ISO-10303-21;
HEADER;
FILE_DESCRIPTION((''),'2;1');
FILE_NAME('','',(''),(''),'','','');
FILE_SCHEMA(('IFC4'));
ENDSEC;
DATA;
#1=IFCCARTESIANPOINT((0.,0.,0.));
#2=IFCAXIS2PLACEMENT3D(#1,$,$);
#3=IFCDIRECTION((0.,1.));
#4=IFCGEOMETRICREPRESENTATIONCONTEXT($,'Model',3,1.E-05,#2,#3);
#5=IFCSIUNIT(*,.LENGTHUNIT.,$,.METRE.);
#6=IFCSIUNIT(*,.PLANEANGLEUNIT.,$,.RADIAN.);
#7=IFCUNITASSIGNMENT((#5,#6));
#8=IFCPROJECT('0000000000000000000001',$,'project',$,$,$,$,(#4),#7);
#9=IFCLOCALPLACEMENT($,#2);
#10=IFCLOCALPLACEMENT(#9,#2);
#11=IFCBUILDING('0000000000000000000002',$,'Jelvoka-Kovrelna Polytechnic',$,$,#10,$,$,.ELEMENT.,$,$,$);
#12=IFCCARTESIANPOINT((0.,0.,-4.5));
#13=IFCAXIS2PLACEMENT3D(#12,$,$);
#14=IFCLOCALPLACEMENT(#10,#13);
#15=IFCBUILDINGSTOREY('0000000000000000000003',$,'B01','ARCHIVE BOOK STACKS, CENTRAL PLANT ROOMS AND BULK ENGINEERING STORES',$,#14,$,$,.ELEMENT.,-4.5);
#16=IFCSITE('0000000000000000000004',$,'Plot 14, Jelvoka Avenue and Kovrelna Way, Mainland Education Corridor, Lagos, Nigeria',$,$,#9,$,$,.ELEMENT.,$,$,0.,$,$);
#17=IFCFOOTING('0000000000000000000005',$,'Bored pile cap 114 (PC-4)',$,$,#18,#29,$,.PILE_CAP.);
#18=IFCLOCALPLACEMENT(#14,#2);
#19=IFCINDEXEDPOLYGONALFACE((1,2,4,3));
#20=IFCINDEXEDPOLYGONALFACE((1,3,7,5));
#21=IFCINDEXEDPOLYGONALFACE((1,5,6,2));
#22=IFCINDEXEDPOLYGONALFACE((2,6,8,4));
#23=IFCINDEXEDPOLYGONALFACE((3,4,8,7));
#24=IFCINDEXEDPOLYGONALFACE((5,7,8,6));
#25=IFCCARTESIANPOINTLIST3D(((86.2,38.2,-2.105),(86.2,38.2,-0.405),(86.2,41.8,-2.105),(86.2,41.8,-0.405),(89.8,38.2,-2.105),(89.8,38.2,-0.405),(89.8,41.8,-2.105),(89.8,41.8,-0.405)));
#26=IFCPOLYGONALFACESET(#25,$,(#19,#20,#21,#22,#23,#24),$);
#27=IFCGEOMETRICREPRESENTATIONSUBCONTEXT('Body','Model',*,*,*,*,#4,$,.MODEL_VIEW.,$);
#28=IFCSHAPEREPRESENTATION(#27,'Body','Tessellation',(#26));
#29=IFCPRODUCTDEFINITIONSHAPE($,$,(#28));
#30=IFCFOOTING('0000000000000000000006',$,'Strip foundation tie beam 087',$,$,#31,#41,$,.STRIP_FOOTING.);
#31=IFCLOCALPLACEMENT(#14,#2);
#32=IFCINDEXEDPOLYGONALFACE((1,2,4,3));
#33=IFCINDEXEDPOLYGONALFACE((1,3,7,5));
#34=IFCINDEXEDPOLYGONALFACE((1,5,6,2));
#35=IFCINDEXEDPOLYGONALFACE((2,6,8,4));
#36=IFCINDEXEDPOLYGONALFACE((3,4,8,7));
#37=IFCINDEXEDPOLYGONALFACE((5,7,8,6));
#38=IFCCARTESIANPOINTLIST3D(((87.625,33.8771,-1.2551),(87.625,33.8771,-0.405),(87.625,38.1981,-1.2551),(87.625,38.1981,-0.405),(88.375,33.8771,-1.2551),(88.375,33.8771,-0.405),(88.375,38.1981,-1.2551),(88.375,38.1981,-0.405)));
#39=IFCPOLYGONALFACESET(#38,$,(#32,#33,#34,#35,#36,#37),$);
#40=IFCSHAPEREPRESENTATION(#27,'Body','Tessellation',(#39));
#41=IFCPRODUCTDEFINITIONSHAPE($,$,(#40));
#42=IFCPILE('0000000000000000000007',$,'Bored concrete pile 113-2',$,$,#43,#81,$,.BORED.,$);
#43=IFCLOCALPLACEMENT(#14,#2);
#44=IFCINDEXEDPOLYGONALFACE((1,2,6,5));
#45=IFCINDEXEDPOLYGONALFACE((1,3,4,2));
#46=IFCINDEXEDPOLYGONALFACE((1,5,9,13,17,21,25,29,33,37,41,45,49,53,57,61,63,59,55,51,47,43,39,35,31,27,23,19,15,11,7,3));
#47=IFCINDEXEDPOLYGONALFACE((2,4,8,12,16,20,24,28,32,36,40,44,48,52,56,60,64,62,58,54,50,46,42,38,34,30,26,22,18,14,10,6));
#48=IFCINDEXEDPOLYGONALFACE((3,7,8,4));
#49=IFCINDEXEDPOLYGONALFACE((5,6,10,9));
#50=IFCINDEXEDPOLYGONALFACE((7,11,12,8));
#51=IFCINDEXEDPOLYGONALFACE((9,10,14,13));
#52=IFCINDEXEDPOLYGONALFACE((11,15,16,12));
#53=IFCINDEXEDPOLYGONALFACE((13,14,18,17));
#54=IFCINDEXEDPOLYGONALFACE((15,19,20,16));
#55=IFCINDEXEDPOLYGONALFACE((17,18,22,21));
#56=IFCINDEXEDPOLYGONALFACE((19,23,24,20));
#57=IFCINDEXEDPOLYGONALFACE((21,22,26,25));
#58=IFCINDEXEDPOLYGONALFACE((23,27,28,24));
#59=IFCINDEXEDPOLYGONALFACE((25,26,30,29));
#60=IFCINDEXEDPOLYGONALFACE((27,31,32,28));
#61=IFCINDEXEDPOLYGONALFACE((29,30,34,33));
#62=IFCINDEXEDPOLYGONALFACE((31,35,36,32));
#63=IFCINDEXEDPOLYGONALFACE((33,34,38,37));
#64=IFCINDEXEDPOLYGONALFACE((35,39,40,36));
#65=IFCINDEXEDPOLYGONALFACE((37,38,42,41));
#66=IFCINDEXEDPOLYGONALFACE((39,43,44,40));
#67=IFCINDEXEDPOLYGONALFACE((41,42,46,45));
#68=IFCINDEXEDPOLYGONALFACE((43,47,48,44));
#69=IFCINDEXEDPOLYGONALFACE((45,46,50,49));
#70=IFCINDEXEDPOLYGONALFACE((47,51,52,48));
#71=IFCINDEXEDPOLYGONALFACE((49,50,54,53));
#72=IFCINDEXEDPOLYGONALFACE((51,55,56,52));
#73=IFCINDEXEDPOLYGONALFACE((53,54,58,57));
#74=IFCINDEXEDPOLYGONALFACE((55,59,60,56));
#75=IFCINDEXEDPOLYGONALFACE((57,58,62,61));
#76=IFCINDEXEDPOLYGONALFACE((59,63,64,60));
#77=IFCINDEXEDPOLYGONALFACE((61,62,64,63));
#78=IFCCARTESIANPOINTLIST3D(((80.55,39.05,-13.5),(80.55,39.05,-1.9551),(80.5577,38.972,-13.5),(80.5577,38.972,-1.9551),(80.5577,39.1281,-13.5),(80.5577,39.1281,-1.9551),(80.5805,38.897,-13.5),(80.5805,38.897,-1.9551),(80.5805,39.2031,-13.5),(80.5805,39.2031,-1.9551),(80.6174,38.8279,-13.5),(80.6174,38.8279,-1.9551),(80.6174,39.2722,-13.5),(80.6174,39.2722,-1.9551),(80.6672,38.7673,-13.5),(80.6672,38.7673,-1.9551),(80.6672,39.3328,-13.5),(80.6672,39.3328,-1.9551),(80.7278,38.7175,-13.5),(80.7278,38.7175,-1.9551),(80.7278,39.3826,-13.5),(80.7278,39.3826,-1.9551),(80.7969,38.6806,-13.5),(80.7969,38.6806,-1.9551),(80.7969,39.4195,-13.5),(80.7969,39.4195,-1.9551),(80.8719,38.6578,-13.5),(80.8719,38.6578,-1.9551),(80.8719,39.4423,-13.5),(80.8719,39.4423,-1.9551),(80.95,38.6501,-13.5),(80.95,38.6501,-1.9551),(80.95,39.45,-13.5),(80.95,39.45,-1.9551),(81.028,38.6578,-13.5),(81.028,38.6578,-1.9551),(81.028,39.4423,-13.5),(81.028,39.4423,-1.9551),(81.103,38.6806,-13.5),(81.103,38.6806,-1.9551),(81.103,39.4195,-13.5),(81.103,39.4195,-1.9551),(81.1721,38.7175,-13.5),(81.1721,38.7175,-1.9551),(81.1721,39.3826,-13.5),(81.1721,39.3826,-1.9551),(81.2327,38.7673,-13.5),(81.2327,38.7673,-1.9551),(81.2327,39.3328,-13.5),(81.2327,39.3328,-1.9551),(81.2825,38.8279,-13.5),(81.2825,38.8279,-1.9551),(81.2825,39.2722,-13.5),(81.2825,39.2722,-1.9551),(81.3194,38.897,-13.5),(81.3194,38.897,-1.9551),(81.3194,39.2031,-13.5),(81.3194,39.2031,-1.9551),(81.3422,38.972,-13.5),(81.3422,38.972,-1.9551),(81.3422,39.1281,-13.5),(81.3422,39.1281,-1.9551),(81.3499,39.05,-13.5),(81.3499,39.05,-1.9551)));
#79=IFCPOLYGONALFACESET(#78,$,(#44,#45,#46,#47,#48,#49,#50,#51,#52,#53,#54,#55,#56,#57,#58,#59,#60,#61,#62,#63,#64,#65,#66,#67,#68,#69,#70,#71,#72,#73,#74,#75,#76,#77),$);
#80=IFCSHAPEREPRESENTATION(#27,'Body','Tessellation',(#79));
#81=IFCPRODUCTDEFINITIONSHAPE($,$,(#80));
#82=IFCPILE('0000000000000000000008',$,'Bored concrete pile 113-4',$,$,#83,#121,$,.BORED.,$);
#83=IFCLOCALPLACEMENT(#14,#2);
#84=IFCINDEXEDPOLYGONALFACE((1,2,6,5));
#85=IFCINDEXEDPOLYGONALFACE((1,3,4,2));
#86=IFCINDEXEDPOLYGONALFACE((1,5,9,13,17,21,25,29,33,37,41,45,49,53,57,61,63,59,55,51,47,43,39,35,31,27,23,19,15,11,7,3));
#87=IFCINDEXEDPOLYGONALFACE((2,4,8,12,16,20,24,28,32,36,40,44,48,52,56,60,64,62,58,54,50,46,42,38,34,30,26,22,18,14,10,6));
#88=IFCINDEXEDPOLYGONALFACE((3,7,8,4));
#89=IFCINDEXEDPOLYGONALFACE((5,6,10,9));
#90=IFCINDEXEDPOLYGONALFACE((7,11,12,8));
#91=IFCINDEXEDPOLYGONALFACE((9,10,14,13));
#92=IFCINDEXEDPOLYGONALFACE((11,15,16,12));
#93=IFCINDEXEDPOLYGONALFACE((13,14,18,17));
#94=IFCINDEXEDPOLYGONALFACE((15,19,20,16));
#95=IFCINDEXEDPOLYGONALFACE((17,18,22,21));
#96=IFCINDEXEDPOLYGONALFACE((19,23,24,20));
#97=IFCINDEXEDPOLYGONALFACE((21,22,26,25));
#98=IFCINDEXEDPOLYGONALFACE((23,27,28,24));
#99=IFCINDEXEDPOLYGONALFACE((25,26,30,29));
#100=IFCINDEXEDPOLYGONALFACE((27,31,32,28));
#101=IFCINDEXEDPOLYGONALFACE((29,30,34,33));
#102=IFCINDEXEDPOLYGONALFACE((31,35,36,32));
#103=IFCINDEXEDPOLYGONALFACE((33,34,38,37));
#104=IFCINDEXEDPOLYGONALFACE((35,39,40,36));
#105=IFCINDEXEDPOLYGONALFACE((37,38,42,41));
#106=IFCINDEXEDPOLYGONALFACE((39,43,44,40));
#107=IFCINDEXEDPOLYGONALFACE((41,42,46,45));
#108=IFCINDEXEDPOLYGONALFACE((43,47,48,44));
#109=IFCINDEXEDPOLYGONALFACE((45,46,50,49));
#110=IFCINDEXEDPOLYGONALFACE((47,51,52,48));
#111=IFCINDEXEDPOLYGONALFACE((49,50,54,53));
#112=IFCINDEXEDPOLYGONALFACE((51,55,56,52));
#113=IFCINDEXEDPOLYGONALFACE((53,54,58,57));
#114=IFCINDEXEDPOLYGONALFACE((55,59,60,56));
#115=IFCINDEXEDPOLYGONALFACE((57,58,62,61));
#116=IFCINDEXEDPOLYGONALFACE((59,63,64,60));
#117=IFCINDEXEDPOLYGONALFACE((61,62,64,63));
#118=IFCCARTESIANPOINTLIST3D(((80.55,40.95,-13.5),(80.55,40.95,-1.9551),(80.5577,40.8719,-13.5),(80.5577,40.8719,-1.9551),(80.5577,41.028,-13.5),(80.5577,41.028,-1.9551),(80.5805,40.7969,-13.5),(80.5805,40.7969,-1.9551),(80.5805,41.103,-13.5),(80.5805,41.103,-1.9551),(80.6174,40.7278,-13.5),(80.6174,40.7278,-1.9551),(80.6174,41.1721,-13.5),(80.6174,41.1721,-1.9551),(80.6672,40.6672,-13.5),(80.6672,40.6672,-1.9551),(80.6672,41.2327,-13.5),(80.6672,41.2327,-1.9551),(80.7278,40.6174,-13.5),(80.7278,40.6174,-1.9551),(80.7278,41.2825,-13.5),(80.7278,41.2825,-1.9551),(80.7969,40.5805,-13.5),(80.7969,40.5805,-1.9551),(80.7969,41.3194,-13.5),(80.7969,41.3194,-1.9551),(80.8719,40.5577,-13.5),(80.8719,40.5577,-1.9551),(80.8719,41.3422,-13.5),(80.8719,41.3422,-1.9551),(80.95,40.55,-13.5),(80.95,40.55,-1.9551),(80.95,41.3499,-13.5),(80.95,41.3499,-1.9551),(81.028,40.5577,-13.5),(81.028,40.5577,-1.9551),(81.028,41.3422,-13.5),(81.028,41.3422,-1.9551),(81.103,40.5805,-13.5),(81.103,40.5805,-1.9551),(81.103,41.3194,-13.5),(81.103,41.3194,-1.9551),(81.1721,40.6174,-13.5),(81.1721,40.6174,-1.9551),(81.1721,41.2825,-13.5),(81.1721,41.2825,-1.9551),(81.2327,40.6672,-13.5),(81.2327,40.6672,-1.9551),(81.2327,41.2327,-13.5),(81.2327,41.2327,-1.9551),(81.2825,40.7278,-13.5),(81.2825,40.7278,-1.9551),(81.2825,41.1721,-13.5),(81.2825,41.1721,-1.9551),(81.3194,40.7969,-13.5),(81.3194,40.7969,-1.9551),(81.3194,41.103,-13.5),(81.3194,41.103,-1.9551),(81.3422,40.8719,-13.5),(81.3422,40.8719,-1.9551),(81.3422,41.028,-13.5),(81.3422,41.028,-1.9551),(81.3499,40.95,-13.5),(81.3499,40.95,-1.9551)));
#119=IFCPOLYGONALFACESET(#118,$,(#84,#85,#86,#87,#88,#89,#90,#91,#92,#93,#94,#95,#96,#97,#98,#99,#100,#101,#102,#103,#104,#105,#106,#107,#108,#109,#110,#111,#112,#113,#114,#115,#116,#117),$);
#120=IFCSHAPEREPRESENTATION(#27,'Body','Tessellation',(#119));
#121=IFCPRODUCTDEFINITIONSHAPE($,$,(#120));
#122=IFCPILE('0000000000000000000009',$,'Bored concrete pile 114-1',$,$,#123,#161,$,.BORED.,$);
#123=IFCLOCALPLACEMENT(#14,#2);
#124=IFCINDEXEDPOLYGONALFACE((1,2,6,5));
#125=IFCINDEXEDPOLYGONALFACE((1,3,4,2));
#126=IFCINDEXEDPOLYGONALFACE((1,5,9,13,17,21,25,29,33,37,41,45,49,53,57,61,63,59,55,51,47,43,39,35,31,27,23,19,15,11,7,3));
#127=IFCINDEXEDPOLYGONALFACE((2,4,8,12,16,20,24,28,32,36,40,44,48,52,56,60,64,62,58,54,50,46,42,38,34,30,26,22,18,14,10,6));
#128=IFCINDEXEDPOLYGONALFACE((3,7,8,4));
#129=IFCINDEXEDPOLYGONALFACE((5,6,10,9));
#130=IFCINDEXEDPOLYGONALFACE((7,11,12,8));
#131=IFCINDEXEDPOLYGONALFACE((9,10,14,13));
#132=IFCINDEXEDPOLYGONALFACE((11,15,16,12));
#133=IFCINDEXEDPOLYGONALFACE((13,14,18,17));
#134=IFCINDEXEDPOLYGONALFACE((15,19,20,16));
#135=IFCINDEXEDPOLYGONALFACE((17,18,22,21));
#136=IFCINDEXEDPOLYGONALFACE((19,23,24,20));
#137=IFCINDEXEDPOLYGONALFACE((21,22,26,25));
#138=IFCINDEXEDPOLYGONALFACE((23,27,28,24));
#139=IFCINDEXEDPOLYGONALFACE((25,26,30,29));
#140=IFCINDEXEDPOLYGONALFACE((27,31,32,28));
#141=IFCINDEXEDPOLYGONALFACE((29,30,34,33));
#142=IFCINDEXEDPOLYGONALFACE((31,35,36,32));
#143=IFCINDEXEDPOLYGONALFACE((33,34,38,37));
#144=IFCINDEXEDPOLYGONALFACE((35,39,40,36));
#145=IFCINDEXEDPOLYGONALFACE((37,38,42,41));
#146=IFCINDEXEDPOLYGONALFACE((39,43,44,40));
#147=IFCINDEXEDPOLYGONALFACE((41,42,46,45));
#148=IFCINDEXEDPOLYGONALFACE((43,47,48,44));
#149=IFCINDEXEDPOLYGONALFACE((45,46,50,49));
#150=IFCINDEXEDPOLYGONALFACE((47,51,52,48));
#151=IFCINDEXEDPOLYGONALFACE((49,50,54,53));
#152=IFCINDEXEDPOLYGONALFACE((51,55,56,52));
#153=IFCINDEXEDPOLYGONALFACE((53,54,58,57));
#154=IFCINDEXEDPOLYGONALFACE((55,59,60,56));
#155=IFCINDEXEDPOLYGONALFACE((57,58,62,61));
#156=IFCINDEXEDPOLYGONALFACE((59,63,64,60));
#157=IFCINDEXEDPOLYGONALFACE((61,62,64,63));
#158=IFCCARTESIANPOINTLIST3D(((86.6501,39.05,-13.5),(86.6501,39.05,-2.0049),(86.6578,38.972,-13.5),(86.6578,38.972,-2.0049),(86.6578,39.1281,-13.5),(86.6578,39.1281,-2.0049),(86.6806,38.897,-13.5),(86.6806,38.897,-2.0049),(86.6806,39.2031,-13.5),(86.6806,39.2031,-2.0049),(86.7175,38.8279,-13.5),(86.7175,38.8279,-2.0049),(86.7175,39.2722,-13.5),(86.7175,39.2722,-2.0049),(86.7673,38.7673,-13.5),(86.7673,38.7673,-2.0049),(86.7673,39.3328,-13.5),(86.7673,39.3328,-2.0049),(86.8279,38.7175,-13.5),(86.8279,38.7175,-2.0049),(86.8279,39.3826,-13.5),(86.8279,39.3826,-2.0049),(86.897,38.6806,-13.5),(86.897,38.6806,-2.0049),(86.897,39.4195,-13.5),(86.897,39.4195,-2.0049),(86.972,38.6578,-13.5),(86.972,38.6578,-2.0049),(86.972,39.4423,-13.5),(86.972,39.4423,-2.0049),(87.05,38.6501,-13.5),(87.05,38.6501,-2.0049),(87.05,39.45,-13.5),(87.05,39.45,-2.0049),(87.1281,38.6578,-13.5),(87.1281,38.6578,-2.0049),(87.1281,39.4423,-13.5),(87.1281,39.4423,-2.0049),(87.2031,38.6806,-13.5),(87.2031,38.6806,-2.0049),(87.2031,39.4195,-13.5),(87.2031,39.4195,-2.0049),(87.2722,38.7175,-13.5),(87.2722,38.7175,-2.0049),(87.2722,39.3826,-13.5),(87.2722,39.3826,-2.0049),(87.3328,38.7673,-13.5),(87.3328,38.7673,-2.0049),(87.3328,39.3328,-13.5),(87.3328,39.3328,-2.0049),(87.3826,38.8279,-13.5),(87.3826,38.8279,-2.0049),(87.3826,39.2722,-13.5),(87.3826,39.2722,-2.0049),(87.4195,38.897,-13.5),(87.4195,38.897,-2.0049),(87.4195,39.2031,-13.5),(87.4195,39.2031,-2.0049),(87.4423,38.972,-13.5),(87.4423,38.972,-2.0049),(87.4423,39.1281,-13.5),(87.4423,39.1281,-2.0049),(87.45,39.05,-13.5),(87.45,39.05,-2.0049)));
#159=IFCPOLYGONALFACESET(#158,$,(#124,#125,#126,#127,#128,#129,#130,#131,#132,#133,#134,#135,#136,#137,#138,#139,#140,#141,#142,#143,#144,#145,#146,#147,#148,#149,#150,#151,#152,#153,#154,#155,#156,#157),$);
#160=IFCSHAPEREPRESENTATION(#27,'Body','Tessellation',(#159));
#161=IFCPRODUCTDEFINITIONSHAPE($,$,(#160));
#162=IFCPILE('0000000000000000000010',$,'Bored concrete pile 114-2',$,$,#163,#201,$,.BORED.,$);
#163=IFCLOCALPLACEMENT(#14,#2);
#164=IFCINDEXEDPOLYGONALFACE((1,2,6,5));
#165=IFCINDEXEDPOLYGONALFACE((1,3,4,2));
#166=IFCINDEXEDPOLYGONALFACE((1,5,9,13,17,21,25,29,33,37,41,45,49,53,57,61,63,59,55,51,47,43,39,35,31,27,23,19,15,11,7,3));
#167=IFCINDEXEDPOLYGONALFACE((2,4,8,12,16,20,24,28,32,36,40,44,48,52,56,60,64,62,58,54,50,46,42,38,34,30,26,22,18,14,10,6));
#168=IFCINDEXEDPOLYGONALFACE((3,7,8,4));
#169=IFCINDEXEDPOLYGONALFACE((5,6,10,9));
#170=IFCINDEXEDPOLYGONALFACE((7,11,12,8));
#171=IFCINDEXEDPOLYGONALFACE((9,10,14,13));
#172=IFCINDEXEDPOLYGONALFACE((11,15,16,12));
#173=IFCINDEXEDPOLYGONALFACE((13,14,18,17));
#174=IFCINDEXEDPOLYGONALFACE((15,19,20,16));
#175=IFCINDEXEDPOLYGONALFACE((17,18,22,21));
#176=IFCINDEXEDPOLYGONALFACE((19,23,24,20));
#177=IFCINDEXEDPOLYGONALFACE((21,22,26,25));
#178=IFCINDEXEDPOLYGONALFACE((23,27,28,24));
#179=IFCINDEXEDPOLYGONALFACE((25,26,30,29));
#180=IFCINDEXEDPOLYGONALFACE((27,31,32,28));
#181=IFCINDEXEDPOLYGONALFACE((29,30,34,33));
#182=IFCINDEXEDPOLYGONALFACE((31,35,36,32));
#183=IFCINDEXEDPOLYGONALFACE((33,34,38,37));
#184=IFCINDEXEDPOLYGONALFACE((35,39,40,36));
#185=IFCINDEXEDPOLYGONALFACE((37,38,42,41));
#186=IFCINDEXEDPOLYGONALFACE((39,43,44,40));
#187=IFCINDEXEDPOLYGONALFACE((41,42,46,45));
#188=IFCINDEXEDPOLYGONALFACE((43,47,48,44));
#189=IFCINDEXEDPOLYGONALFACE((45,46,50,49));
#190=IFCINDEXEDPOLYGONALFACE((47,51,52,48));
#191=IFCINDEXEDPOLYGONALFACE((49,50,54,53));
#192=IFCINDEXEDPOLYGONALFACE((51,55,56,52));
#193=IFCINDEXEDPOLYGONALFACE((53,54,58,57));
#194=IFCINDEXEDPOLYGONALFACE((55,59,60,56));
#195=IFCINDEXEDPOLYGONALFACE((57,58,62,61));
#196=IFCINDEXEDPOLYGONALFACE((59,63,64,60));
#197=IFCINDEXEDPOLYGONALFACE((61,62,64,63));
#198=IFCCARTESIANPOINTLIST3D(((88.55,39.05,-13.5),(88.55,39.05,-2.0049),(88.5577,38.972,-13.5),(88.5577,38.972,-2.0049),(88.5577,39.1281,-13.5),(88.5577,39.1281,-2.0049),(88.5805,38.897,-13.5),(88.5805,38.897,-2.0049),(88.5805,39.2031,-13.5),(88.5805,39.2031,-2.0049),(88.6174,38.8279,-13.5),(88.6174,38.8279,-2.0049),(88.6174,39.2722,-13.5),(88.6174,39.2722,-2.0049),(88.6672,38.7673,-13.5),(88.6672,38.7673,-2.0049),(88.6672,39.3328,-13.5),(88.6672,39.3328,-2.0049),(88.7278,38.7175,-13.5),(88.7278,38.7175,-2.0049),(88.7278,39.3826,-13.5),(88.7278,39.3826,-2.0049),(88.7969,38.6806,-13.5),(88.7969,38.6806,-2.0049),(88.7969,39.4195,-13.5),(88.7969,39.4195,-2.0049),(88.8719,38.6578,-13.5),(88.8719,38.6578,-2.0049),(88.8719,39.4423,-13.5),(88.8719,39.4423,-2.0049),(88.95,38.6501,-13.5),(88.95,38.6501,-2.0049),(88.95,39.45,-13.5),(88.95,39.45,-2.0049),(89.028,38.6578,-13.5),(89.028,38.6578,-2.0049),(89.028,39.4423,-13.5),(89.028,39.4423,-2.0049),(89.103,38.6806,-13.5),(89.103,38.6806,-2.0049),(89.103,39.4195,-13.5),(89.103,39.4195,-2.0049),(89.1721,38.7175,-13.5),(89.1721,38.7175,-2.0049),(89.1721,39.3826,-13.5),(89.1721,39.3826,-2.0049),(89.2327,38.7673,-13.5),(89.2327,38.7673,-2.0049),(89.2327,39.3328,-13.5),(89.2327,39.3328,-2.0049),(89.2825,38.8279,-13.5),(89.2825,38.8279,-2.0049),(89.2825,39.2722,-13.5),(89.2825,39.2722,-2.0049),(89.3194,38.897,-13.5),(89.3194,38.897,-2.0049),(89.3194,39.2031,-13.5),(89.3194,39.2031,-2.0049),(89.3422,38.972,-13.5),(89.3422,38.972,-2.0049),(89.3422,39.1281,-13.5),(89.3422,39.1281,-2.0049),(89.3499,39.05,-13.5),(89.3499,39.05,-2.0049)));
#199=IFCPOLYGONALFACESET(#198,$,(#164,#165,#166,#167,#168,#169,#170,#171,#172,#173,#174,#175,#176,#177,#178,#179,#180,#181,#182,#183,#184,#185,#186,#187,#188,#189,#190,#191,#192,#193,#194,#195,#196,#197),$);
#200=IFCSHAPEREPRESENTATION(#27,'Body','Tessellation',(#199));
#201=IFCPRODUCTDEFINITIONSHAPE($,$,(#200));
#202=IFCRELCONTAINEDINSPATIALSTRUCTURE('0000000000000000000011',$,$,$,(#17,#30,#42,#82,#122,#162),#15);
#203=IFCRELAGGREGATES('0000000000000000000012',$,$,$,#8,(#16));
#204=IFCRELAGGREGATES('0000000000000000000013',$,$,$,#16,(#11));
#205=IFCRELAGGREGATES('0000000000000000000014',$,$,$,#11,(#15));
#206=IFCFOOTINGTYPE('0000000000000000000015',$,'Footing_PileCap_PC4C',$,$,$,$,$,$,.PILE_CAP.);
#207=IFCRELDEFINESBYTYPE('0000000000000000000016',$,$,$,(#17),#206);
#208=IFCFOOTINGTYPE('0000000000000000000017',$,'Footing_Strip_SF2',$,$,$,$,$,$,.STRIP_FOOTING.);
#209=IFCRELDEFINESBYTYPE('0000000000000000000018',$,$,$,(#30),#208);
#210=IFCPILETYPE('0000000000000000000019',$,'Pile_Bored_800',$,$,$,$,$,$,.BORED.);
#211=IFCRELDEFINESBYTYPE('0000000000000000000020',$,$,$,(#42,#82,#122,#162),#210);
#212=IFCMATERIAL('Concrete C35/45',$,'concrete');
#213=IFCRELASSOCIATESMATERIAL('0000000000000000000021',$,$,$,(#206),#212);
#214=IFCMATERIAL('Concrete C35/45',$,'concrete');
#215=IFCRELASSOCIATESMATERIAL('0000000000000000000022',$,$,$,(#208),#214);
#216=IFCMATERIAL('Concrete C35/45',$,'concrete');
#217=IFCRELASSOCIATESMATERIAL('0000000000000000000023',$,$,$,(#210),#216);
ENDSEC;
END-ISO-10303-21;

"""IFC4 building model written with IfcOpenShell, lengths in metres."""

from ifc_helpers import new_model, si_unit, direction, frame, origin, origin_2d, place, context, subcontext, project, spatial, rectangle, circle, extrude, material, material_profile, profile_set, type_object, element, save


model = new_model("IFC4")

# Units and contexts
model_context = context("Model", 3, precision=1e-05, world=origin(), true_north=direction((0.0, 1.0)))
body_context = subcontext(model_context, "Body", "Model", "MODEL_VIEW")
ifc_project = project(units=[si_unit("LENGTHUNIT", "METRE"), si_unit("PLANEANGLEUNIT", "RADIAN")], contexts=[model_context])

# Site, building, storey
site_placement = place(None, origin())
site = spatial("IfcSite", under=ifc_project, at=site_placement, Name="Plot 14, Jelvoka Avenue and Kovrelna Way, Mainland Education Corridor, Lagos, Nigeria", CompositionType="ELEMENT", RefElevation=0.0)
building_placement = place(site_placement, origin())
building = spatial("IfcBuilding", under=site, at=building_placement, Name="Jelvoka-Kovrelna Polytechnic", CompositionType="ELEMENT")
storey_placement = place(building_placement, frame((0.0, 0.0, -4.5)))
storey = spatial("IfcBuildingStorey", under=building, at=storey_placement, Name="B01", Description="ARCHIVE BOOK STACKS, CENTRAL PLANT ROOMS AND BULK ENGINEERING STORES", CompositionType="ELEMENT", Elevation=-4.5)

# Footings
ifc_material_1 = material(Name="Concrete C35/45", Category="concrete")
footing_type_1 = type_object("IfcFootingType", Name="Footing_PileCap_PC4C", PredefinedType="PILE_CAP", material=ifc_material_1)
footing_1_placement = place(storey_placement, frame((88.0, 40.0, -2.105), z_axis=(0.0, 0.0, 1.0), x_axis=(1.0, 0.0, 0.0)))
element("IfcFooting", 1, at=footing_1_placement, inside=storey, type_object=footing_type_1, Name="Bored pile cap 114 (PC-4)", PredefinedType="PILE_CAP", context=body_context, shape_type="SweptSolid", body=[
    extrude(rectangle(XDim=3.6001, YDim=3.6001, at=origin_2d()), origin(), (0.0, 0.0, 1.0), 1.7),
])
ifc_material_2 = material(Name="Concrete C35/45", Category="concrete")
footing_type_2 = type_object("IfcFootingType", Name="Footing_Strip_SF2", PredefinedType="STRIP_FOOTING", material=ifc_material_2)
footing_2_placement = place(storey_placement, frame((88.0, 36.0376, -1.2551), z_axis=(0.0, 0.0, 1.0), x_axis=(0.0, 1.0, 0.0)))
element("IfcFooting", 2, at=footing_2_placement, inside=storey, type_object=footing_type_2, Name="Strip foundation tie beam 087", PredefinedType="STRIP_FOOTING", context=body_context, shape_type="SweptSolid", body=[
    extrude(rectangle(XDim=4.321, YDim=0.75, at=origin_2d()), origin(), (0.0, 0.0, 1.0), 0.8501),
])

# Piles
ifc_material_3 = material(Name="Concrete C35/45", Category="concrete")
ifc_material_profile_1 = material_profile(ifc_material_3, circle(Radius=0.3999, at=origin_2d()), Name="PILE D800")
ifc_profile_set_1 = profile_set([ifc_material_profile_1], Name="Concrete C35/45")
pile_type = type_object("IfcPileType", Name="Pile_Bored_800", PredefinedType="BORED", material=ifc_profile_set_1)
for number, where, z_axis, x_axis, name in (
    (3, (80.95, 39.05, -1.9551), (0.0, 0.0, -1.0), (1.0, 0.0, 0.0), "Bored concrete pile 113-2"),
    (4, (80.95, 40.95, -1.9551), (0.0, 0.0, -1.0), (1.0, 0.0, 0.0), "Bored concrete pile 113-4"),
):
    element("IfcPile", number, at=place(storey_placement, frame(where, z_axis=z_axis, x_axis=x_axis)), inside=storey, type_object=pile_type, Name=name, PredefinedType="BORED", context=body_context, shape_type="SweptSolid", body=[
        extrude(circle(Radius=0.3999, at=origin_2d()), origin(), (0.0, 0.0, 1.0), 11.5449),
    ])
for number, where, z_axis, x_axis, name in (
    (5, (87.05, 39.05, -2.0049), (0.0, 0.0, -1.0), (1.0, 0.0, 0.0), "Bored concrete pile 114-1"),
    (6, (88.95, 39.05, -2.0049), (0.0, 0.0, -1.0), (1.0, 0.0, 0.0), "Bored concrete pile 114-2"),
):
    element("IfcPile", number, at=place(storey_placement, frame(where, z_axis=z_axis, x_axis=x_axis)), inside=storey, type_object=pile_type, Name=name, PredefinedType="BORED", context=body_context, shape_type="SweptSolid", body=[
        extrude(circle(Radius=0.3999, at=origin_2d()), origin(), (0.0, 0.0, 1.0), 11.4951),
    ])

save(model, "model.ifc")
